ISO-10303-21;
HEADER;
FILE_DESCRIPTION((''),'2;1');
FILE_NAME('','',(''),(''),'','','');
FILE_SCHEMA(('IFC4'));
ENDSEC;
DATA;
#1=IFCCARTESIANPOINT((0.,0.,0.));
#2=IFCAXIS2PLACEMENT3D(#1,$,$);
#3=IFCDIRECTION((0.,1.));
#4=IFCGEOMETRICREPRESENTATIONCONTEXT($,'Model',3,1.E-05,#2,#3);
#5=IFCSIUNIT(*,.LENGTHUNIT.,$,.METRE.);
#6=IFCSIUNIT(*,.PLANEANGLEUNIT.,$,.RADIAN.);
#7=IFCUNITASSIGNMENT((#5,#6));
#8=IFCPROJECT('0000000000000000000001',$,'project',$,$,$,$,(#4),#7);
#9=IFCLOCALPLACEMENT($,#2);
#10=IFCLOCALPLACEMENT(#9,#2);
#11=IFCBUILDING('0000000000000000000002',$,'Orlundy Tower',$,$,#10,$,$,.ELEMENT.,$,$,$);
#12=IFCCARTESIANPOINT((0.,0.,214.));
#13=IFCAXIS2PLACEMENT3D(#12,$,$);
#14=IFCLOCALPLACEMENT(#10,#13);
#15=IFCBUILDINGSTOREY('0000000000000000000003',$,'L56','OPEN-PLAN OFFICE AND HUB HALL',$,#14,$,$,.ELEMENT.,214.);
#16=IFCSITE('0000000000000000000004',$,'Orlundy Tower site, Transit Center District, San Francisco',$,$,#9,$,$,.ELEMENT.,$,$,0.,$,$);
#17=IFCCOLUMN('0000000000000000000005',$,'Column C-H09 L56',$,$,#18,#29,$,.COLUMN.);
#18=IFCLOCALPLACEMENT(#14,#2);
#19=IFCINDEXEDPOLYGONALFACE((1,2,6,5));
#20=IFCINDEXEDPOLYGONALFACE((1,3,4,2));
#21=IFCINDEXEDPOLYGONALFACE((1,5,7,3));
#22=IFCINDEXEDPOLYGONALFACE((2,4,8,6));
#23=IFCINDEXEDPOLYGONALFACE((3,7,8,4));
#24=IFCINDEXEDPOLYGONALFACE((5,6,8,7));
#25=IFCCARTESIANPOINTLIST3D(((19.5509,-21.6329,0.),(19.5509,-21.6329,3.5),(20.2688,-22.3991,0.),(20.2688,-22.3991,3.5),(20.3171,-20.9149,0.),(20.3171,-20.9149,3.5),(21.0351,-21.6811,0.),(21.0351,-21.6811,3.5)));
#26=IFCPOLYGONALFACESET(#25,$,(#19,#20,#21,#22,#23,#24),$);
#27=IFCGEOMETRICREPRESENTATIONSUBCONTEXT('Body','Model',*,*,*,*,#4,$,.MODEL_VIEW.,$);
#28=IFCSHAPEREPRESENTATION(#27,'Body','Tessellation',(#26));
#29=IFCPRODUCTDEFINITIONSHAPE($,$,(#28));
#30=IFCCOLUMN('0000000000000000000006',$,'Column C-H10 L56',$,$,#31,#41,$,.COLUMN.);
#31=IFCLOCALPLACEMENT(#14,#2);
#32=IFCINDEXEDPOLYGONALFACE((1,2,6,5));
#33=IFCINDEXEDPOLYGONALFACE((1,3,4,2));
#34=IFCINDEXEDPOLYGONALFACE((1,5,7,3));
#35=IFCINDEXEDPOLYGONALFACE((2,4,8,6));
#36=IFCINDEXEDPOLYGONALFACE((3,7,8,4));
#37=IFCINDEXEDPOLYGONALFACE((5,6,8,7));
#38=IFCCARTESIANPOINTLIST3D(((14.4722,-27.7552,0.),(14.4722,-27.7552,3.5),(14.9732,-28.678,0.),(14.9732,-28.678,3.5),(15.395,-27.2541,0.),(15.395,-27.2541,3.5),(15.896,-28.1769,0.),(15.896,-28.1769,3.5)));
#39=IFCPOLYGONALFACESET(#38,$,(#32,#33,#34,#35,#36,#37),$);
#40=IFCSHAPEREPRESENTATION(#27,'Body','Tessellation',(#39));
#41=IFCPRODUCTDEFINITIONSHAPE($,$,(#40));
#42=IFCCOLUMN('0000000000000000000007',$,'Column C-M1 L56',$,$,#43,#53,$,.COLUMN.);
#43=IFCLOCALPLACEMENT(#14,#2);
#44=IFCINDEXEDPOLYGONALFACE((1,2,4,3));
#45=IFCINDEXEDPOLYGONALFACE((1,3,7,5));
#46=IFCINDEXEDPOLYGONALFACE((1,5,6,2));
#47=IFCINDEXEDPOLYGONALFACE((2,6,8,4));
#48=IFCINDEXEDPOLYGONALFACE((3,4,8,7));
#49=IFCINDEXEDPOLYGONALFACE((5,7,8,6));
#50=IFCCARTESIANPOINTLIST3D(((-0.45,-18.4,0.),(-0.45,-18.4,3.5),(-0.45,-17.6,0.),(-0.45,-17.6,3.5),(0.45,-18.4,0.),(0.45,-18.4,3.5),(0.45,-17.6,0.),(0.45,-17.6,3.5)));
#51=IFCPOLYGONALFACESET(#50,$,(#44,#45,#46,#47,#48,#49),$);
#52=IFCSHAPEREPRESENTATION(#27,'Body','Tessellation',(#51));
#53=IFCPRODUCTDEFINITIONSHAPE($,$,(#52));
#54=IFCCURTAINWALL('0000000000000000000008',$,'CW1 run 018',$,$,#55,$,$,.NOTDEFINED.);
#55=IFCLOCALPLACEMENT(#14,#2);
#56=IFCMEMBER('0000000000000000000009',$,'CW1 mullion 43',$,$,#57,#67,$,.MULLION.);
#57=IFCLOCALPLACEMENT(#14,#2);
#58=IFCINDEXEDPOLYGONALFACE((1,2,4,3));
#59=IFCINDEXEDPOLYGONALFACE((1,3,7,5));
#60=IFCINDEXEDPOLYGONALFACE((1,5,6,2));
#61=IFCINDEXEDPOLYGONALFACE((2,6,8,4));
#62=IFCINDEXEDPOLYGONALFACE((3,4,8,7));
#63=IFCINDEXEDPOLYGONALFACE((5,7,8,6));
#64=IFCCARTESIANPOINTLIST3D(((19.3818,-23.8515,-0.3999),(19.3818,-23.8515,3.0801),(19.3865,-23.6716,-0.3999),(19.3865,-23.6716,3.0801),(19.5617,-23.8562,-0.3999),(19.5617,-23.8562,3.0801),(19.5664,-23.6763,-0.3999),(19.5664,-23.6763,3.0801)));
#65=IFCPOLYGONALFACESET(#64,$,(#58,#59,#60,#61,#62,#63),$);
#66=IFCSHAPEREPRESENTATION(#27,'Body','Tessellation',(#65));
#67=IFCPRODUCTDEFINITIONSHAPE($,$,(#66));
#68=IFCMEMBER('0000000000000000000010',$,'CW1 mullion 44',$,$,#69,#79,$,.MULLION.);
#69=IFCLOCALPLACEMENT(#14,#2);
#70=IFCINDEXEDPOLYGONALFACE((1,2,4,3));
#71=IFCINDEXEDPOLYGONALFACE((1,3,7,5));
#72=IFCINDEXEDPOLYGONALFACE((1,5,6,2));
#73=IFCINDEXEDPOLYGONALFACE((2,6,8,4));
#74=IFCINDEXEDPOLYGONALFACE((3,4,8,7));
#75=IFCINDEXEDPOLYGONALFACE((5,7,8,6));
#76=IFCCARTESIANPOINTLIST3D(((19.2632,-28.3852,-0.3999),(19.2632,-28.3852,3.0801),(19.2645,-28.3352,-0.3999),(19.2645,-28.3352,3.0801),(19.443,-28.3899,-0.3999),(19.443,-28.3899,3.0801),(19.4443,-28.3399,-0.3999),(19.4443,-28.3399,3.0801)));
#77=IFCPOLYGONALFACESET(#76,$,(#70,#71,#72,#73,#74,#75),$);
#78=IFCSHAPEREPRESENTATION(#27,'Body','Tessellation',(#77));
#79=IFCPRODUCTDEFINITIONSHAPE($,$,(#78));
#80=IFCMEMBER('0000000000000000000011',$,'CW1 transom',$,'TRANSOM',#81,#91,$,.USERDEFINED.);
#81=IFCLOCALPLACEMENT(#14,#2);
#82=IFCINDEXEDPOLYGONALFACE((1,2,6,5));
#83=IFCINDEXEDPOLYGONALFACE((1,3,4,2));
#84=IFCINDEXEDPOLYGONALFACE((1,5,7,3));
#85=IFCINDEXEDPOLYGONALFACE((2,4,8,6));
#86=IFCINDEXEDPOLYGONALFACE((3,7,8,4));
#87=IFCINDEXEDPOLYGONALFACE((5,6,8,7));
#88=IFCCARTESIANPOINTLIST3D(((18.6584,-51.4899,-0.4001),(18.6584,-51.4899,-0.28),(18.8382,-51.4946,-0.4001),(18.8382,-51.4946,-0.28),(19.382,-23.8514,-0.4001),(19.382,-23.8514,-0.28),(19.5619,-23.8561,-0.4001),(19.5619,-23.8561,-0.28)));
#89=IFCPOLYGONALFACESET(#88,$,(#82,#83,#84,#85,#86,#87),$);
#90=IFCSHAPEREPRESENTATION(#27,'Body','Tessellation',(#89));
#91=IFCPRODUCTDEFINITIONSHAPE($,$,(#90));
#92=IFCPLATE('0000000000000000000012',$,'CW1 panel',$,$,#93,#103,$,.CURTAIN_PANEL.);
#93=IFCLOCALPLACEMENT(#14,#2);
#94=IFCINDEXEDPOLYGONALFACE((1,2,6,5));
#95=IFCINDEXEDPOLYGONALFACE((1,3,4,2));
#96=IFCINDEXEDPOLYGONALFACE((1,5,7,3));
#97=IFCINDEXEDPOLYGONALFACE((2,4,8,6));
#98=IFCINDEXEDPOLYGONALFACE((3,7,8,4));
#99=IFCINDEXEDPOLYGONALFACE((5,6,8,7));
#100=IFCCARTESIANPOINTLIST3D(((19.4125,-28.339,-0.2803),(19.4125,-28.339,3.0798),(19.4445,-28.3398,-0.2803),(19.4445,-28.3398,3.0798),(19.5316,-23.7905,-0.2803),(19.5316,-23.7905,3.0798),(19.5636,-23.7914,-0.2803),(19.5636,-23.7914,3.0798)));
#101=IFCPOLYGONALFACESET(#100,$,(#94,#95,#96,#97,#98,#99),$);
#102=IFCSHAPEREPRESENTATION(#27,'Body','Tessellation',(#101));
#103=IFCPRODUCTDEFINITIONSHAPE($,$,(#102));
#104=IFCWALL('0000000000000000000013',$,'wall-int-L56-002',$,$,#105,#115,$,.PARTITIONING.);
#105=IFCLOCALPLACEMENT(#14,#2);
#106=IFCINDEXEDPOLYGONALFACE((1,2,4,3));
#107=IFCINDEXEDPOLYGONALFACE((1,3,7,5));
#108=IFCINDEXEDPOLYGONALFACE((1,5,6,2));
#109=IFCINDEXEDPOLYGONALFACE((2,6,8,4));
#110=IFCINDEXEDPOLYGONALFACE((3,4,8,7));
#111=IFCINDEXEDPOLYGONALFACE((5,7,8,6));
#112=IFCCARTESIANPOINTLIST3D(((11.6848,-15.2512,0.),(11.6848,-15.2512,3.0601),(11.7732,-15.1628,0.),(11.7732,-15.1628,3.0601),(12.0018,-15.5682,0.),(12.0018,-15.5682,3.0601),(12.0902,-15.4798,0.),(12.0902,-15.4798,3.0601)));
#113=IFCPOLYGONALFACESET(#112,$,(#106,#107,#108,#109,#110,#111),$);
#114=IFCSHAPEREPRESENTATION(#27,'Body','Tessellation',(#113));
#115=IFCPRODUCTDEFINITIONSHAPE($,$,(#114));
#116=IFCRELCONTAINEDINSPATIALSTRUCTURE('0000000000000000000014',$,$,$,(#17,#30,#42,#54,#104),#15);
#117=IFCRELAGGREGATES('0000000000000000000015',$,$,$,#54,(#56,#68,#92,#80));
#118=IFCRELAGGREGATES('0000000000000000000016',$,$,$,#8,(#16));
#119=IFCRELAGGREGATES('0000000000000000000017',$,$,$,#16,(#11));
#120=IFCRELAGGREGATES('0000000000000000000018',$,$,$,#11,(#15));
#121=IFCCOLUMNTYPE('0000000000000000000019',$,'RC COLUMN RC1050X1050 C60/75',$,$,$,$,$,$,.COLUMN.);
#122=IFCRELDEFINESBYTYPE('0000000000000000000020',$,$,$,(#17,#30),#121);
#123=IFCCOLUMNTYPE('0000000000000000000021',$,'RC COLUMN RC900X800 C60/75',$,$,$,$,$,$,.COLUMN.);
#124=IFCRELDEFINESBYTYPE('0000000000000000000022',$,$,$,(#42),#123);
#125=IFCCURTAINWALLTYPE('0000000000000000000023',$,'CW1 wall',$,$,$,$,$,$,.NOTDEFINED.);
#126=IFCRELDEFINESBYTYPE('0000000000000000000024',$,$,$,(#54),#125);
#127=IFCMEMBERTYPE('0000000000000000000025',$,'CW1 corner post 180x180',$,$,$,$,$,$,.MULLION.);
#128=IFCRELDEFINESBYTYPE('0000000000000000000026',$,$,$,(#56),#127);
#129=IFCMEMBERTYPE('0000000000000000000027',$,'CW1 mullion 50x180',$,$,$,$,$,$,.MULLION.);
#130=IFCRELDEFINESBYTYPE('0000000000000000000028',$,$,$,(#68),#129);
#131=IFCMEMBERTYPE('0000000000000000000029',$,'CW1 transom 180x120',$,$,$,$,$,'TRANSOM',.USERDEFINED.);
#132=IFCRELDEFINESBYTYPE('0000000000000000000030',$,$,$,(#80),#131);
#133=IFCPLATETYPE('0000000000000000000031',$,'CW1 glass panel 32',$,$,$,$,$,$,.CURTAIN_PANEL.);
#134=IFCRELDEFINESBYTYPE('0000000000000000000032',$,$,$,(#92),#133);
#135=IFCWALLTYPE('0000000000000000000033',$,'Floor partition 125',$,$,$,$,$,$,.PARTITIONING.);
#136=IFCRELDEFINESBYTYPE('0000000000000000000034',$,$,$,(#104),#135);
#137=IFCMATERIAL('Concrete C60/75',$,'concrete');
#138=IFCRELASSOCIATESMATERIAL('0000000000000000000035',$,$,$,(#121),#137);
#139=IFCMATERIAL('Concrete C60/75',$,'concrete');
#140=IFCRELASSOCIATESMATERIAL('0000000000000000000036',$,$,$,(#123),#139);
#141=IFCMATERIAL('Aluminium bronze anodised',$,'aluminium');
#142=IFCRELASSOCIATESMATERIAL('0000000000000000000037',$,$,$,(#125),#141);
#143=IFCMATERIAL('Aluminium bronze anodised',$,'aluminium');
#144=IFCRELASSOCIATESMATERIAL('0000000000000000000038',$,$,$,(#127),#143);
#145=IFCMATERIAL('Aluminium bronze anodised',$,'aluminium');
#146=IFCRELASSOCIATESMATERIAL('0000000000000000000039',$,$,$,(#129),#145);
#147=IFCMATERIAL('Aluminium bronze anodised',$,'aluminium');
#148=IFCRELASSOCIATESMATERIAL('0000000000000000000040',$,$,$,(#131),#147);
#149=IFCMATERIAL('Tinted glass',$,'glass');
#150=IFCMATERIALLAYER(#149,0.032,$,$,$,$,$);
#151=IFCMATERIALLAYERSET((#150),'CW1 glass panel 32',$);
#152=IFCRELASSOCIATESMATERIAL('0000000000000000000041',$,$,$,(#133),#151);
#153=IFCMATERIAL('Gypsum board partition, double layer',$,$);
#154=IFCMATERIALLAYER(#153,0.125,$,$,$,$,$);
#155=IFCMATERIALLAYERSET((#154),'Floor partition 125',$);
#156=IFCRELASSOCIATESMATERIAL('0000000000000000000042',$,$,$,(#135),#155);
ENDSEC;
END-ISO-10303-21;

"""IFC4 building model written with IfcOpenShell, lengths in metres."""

from ifc_helpers import new_model, si_unit, direction, frame, frame_2d, origin, origin_2d, place, context, subcontext, project, spatial, rectangle, extrude, material, layer, layer_set, material_profile, profile_set, type_object, element, aggregate, save


model = new_model("IFC4")

# Units and contexts
model_context = context("Model", 3, precision=1e-05, world=origin(), true_north=direction((0.0, 1.0)))
body_context = subcontext(model_context, "Body", "Model", "MODEL_VIEW")
ifc_project = project(units=[si_unit("LENGTHUNIT", "METRE"), si_unit("PLANEANGLEUNIT", "RADIAN")], contexts=[model_context])

# Site, building, storey
site_placement = place(None, origin())
site = spatial("IfcSite", under=ifc_project, at=site_placement, Name="Orlundy Tower site, Transit Center District, San Francisco", CompositionType="ELEMENT", RefElevation=0.0)
building_placement = place(site_placement, origin())
building = spatial("IfcBuilding", under=site, at=building_placement, Name="Orlundy Tower", CompositionType="ELEMENT")
storey_placement = place(building_placement, frame((0.0, 0.0, 214.0)))
storey = spatial("IfcBuildingStorey", under=building, at=storey_placement, Name="L56", Description="OPEN-PLAN OFFICE AND HUB HALL", CompositionType="ELEMENT", Elevation=214.0)

# Columns
ifc_material_1 = material(Name="Concrete C60/75", Category="concrete")
ifc_material_profile_1 = material_profile(ifc_material_1, rectangle(XDim=1.05, YDim=1.05, at=origin_2d()), Name="RC1050X1050")
ifc_profile_set_1 = profile_set([ifc_material_profile_1], Name="Concrete C60/75")
column_type_1 = type_object("IfcColumnType", Name="RC COLUMN RC1050X1050 C60/75", PredefinedType="COLUMN", material=ifc_profile_set_1)
for number, where, z_axis, x_axis, name in (
    (1, (20.293, -21.657, 0.0), (0.0, 0.0, 1.0), (0.683758, -0.729709, 0.0), "Column C-H09 L56"),
    (2, (15.1841, -27.9661, 0.0), (0.0, 0.0, 1.0), (0.477159, -0.878817, 0.0), "Column C-H10 L56"),
):
    element("IfcColumn", number, at=place(storey_placement, frame(where, z_axis=z_axis, x_axis=x_axis)), inside=storey, type_object=column_type_1, Name=name, PredefinedType="COLUMN", context=body_context, shape_type="SweptSolid", body=[
        extrude(rectangle(XDim=1.05, YDim=1.05, at=origin_2d()), origin(), (0.0, 0.0, 1.0), 3.5),
    ])
ifc_material_2 = material(Name="Concrete C60/75", Category="concrete")
ifc_material_profile_2 = material_profile(ifc_material_2, rectangle(XDim=0.8999, YDim=0.8, at=origin_2d()), Name="RC900X800")
ifc_profile_set_2 = profile_set([ifc_material_profile_2], Name="Concrete C60/75")
column_type_2 = type_object("IfcColumnType", Name="RC COLUMN RC900X800 C60/75", PredefinedType="COLUMN", material=ifc_profile_set_2)
column_placement = place(storey_placement, frame((0.0, -18.0, 0.0), z_axis=(0.0, 0.0, 1.0), x_axis=(1.0, 0.0, 0.0)))
element("IfcColumn", 3, at=column_placement, inside=storey, type_object=column_type_2, Name="Column C-M1 L56", PredefinedType="COLUMN", context=body_context, shape_type="SweptSolid", body=[
    extrude(rectangle(XDim=0.8999, YDim=0.8, at=origin_2d()), origin(), (0.0, 0.0, 1.0), 3.5),
])

# Curtain wall, members, plate
ifc_material_3 = material(Name="Aluminium bronze anodised", Category="aluminium")
curtain_wall_type = type_object("IfcCurtainWallType", Name="CW1 wall", PredefinedType="NOTDEFINED", material=ifc_material_3)
curtain_wall_placement = place(storey_placement, origin())
curtain_wall = element("IfcCurtainWall", 4, at=curtain_wall_placement, inside=storey, type_object=curtain_wall_type, Name="CW1 run 018", PredefinedType="NOTDEFINED")
ifc_material_4 = material(Name="Aluminium bronze anodised", Category="aluminium")
ifc_material_profile_3 = material_profile(ifc_material_4, rectangle(XDim=0.1799, YDim=0.1799, at=origin_2d()), Name="CW1 corner post 180x180")
ifc_profile_set_3 = profile_set([ifc_material_profile_3], Name="Aluminium bronze anodised")
member_type_1 = type_object("IfcMemberType", Name="CW1 corner post 180x180", PredefinedType="MULLION", material=ifc_profile_set_3)
member_1_placement = place(storey_placement, frame((19.4741, -23.7639, -0.3999), z_axis=(0.0, 0.0, 1.0), x_axis=(0.999658, -0.026166, 0.0)))
member_1 = element("IfcMember", 5, at=member_1_placement, type_object=member_type_1, Name="CW1 mullion 43", PredefinedType="MULLION", context=body_context, shape_type="SweptSolid", body=[
    extrude(rectangle(XDim=0.1799, YDim=0.1799, at=origin_2d()), origin(), (0.0, 0.0, 1.0), 3.48),
])
ifc_material_5 = material(Name="Aluminium bronze anodised", Category="aluminium")
ifc_material_profile_4 = material_profile(ifc_material_5, rectangle(XDim=0.1799, YDim=0.05, at=origin_2d()), Name="CW1 mullion 50x180")
ifc_profile_set_4 = profile_set([ifc_material_profile_4], Name="Aluminium bronze anodised")
member_type_2 = type_object("IfcMemberType", Name="CW1 mullion 50x180", PredefinedType="MULLION", material=ifc_profile_set_4)
member_2_placement = place(storey_placement, frame((19.3538, -28.3625, -0.3999), z_axis=(0.0, 0.0, 1.0), x_axis=(0.999658, -0.026166, 0.0)))
member_2 = element("IfcMember", 6, at=member_2_placement, type_object=member_type_2, Name="CW1 mullion 44", PredefinedType="MULLION", context=body_context, shape_type="SweptSolid", body=[
    extrude(rectangle(XDim=0.1799, YDim=0.05, at=origin_2d()), origin(), (0.0, 0.0, 1.0), 3.48),
])
ifc_material_6 = material(Name="Aluminium bronze anodised", Category="aluminium")
ifc_material_profile_5 = material_profile(ifc_material_6, rectangle(XDim=0.1799, YDim=0.1201, at=origin_2d()), Name="CW1 transom 180x120")
ifc_profile_set_5 = profile_set([ifc_material_profile_5], Name="Aluminium bronze anodised")
member_type_3 = type_object("IfcMemberType", Name="CW1 transom 180x120", ElementType="TRANSOM", PredefinedType="USERDEFINED", material=ifc_profile_set_5)
member_3_placement = place(storey_placement, frame((19.4719, -23.8538, -0.3401), z_axis=(-0.026173, -0.999657, 0.0), x_axis=(0.999657, -0.026173, 0.0)))
member_3 = element("IfcMember", 7, at=member_3_placement, type_object=member_type_3, Name="CW1 transom", ObjectType="TRANSOM", PredefinedType="USERDEFINED", context=body_context, shape_type="SweptSolid", body=[
    extrude(rectangle(XDim=0.1799, YDim=0.1201, at=origin_2d()), origin(), (0.0, 0.0, 1.0), 27.6479),
])
ifc_material_7 = material(Name="Tinted glass", Category="glass")
ifc_layer_1 = layer(ifc_material_7, 0.032)
ifc_layer_set_1 = layer_set([ifc_layer_1], Name="CW1 glass panel 32")
plate_type = type_object("IfcPlateType", Name="CW1 glass panel 32", PredefinedType="CURTAIN_PANEL", material=ifc_layer_set_1)
plate_placement = place(storey_placement, frame((19.488, -26.0652, -0.2803), z_axis=(0.0, 0.0, 1.0), x_axis=(-0.026166, -0.999658, 0.0)))
plate = element("IfcPlate", 8, at=plate_placement, type_object=plate_type, Name="CW1 panel", PredefinedType="CURTAIN_PANEL", context=body_context, shape_type="SweptSolid", body=[
    extrude(rectangle(XDim=4.55, YDim=0.032, at=origin_2d()), origin(), (0.0, 0.0, 1.0), 3.3601),
])
aggregate(curtain_wall, [member_1, member_2, plate, member_3])

# Wall
ifc_material_8 = material(Name="Gypsum board partition, double layer")
ifc_layer_2 = layer(ifc_material_8, 0.125)
ifc_layer_set_2 = layer_set([ifc_layer_2], Name="Floor partition 125")
wall_type = type_object("IfcWallType", Name="Floor partition 125", PredefinedType="PARTITIONING", material=ifc_layer_set_2)
wall_1_placement = place(storey_placement, frame((11.729, -15.207, 0.0), z_axis=(0.0, 0.0, 1.0), x_axis=(0.707107, -0.707107, 0.0)))
element("IfcWall", 9, at=wall_1_placement, inside=storey, type_object=wall_type, Name="wall-int-L56-002", PredefinedType="PARTITIONING", context=body_context, shape_type="SweptSolid", body=[
    extrude(rectangle(XDim=0.4482, YDim=0.125, at=frame_2d((0.2241, 0.0))), origin(), (0.0, 0.0, 1.0), 3.0601),
])

save(model, "model.ifc")
